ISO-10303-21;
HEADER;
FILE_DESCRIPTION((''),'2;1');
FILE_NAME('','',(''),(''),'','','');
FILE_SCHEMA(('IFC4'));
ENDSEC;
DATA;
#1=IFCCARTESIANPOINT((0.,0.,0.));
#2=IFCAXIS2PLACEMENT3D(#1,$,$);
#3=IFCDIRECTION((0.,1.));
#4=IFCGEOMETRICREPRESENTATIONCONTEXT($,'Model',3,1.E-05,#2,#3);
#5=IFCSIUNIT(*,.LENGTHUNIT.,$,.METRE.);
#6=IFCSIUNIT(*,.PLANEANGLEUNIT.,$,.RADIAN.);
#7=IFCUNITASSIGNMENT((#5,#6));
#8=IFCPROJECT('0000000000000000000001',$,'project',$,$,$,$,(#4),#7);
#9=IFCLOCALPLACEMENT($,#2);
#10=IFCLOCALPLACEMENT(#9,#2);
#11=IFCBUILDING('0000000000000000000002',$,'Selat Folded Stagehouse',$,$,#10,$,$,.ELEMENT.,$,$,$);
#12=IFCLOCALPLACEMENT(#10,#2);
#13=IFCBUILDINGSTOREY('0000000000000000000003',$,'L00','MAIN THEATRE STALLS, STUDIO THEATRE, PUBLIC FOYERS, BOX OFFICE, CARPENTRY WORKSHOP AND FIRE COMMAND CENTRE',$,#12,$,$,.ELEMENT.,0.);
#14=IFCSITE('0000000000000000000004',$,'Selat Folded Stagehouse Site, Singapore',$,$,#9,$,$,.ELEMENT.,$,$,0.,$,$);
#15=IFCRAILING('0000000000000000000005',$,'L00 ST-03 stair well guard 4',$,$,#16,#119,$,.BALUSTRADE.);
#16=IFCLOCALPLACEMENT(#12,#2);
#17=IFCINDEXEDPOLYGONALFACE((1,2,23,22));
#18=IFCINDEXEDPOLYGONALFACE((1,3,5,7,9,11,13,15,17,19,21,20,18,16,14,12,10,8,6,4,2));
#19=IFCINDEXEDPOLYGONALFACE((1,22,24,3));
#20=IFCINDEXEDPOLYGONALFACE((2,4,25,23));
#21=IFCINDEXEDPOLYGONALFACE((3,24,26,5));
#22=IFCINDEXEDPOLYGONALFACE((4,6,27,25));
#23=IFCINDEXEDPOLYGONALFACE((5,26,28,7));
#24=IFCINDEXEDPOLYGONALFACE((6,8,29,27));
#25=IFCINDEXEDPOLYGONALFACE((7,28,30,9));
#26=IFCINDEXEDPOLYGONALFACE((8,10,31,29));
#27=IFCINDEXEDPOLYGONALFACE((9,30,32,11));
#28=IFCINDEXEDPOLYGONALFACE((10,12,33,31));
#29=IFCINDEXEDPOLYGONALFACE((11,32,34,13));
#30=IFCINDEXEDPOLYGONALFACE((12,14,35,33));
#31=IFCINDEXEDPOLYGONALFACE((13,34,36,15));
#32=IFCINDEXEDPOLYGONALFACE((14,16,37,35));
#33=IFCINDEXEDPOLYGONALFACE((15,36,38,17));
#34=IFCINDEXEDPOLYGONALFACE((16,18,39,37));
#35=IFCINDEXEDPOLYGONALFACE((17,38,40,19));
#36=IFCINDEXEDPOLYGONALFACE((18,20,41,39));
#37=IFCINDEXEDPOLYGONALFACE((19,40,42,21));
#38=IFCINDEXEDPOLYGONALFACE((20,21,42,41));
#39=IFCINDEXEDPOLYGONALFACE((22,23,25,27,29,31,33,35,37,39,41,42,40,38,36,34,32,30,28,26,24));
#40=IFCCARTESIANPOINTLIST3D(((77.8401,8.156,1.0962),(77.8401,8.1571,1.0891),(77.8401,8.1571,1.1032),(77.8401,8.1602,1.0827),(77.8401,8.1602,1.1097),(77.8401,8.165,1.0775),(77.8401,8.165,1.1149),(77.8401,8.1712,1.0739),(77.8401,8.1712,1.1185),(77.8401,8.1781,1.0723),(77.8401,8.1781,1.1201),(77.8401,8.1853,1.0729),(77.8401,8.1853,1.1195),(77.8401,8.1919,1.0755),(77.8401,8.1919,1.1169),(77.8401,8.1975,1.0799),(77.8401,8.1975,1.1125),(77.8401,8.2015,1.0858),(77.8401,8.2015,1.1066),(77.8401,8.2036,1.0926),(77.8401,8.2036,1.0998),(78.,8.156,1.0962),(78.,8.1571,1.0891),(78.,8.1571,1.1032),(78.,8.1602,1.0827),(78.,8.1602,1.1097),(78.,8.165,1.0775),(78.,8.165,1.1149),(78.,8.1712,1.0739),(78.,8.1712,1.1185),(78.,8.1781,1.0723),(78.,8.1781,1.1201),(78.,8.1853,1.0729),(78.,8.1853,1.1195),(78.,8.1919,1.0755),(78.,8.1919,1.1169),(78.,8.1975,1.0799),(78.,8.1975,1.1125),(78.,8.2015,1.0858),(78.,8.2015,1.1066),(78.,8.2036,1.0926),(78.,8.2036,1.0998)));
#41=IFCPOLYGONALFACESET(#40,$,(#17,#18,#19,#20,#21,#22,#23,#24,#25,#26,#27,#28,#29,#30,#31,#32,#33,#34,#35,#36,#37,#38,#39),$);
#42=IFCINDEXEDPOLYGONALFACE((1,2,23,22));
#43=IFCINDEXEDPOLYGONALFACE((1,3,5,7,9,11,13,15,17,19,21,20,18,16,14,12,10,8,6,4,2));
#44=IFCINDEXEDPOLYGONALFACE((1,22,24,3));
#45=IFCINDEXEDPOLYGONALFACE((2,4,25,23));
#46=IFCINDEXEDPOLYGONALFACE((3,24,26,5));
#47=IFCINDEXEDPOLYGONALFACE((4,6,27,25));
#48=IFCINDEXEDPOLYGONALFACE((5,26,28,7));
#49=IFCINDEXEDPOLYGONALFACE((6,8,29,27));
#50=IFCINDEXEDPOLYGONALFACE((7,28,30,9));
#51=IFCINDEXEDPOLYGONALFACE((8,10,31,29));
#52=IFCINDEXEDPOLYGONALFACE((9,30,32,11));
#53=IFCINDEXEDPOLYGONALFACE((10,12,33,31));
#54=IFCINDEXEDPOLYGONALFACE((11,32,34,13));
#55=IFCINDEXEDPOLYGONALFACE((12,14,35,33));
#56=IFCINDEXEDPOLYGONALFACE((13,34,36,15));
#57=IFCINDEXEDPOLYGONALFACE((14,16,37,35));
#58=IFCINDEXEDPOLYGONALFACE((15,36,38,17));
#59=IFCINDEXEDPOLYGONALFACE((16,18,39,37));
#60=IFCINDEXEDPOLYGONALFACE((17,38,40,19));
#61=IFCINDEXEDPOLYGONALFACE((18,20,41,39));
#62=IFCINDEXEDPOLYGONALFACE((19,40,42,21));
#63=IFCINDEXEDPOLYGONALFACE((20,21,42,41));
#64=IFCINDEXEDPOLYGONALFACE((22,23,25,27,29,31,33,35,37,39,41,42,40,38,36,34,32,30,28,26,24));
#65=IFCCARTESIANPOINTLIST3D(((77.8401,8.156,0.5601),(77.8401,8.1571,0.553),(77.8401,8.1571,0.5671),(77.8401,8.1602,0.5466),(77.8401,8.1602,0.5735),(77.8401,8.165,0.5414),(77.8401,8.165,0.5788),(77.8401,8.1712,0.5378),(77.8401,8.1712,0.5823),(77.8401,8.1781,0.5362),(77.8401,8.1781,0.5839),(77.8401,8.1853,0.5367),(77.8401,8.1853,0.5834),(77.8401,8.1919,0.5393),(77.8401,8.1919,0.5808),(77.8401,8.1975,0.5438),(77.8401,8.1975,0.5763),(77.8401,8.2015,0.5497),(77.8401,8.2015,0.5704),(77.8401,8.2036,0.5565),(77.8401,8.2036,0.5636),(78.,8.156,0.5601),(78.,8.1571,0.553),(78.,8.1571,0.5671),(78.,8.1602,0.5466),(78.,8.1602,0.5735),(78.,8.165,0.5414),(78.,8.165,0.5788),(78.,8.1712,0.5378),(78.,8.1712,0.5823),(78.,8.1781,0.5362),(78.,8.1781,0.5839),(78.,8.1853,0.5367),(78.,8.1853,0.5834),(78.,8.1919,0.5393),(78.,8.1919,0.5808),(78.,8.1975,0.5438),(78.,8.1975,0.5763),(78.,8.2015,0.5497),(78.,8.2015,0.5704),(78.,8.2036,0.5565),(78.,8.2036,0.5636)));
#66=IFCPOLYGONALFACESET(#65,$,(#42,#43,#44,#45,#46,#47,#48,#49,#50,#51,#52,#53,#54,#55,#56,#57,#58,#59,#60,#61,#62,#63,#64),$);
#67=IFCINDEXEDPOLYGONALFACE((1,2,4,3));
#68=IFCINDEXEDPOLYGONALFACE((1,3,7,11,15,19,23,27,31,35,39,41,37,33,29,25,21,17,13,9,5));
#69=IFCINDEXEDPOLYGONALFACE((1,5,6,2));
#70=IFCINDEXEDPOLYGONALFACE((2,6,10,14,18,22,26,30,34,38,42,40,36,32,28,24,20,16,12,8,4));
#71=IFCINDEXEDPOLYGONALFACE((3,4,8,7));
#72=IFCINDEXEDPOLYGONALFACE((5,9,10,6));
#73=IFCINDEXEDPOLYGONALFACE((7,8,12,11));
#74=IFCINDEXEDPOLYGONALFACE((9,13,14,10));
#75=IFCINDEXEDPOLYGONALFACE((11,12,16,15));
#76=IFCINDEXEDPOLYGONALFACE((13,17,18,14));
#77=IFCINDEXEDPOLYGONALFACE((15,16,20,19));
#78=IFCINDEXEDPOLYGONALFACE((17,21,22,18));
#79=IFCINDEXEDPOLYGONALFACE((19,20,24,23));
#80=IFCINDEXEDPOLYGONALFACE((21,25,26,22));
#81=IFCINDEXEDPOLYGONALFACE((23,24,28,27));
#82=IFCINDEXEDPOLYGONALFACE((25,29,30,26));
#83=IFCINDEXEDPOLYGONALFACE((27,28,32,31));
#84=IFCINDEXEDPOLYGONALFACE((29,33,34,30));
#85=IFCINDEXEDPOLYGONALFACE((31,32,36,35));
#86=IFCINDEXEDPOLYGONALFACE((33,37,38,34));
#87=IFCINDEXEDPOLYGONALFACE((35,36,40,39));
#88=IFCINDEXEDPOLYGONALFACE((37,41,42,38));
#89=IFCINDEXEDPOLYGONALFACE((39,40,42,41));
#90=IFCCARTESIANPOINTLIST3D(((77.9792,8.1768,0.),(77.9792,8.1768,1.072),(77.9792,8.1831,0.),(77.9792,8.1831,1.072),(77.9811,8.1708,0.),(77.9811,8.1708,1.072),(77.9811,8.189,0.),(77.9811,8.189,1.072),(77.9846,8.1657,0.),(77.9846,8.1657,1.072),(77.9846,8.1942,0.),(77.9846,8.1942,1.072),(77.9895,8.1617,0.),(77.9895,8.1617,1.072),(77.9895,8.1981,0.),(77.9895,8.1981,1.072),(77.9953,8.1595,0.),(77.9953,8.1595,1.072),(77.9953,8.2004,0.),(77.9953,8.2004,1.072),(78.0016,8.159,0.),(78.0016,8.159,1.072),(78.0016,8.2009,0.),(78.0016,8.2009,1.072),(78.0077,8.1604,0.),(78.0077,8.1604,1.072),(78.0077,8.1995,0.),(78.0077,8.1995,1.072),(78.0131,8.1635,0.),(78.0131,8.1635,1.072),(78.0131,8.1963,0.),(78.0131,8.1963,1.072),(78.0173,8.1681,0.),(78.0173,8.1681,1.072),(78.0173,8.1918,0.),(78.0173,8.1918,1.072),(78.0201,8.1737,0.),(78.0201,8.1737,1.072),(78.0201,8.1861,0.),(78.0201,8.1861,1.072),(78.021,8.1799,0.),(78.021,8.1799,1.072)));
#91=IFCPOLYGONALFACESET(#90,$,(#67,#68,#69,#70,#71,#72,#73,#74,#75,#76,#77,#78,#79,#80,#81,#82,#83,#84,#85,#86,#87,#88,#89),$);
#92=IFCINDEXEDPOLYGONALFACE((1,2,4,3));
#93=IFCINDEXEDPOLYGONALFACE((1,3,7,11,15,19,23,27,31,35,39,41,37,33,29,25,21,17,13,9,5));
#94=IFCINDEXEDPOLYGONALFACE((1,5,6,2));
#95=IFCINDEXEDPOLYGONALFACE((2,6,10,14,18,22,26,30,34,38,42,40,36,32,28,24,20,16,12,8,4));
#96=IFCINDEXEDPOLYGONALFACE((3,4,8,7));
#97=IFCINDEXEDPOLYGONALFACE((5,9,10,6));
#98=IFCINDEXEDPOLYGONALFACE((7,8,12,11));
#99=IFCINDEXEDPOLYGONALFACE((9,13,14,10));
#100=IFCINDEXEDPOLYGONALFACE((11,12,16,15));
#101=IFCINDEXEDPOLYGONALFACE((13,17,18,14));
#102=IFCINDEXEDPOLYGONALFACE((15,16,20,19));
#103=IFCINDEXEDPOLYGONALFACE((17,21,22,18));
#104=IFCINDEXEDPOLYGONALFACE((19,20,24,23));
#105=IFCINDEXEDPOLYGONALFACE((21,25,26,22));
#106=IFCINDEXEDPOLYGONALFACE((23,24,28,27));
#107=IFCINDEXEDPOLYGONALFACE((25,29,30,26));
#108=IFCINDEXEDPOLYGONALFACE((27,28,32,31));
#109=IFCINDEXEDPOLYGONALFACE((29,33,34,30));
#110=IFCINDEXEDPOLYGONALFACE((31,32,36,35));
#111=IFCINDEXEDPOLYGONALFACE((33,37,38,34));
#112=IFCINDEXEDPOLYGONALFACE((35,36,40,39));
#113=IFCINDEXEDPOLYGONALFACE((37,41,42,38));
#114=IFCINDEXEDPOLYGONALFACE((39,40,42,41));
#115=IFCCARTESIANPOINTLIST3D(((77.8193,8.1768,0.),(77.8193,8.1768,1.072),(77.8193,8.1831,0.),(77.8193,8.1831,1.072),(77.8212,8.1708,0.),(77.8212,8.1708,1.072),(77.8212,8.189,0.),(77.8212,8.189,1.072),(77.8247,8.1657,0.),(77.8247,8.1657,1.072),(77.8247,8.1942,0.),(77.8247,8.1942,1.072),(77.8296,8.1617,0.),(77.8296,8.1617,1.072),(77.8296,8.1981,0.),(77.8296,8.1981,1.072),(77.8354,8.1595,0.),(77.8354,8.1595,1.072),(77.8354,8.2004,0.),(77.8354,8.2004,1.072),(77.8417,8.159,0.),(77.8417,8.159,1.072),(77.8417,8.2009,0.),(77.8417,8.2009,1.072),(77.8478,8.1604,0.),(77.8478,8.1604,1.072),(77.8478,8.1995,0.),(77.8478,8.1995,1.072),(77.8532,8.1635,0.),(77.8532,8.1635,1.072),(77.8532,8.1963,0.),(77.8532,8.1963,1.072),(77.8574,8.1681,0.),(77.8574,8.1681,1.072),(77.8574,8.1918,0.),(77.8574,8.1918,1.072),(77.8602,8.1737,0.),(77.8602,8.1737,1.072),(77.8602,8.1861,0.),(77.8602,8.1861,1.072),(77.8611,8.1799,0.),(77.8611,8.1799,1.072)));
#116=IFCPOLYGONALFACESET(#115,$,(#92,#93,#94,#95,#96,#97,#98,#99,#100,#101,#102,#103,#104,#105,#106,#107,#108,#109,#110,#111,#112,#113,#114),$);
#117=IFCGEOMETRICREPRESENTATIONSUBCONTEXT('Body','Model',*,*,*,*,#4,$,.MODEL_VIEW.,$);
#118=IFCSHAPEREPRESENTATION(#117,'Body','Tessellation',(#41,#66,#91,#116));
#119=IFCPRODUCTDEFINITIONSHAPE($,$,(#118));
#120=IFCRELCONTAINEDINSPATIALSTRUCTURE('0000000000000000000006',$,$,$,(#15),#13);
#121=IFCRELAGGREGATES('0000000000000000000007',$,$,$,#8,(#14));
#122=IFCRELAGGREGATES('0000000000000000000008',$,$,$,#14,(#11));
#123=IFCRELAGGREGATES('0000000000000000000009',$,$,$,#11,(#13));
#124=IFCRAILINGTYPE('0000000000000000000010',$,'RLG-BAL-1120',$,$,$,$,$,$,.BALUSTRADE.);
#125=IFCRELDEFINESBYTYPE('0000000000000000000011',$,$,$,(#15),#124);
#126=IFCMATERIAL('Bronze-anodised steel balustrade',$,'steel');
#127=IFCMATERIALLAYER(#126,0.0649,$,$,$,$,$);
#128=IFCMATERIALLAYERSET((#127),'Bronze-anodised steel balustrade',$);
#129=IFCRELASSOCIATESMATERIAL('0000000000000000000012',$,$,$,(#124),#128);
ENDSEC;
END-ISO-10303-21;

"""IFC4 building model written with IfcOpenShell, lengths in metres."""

from ifc_helpers import new_model, si_unit, direction, frame, origin, origin_2d, place, context, subcontext, project, spatial, circle, extrude, material, layer, layer_set, type_object, element, save


model = new_model("IFC4")

# Units and contexts
model_context = context("Model", 3, precision=1e-05, world=origin(), true_north=direction((0.0, 1.0)))
body_context = subcontext(model_context, "Body", "Model", "MODEL_VIEW")
ifc_project = project(units=[si_unit("LENGTHUNIT", "METRE"), si_unit("PLANEANGLEUNIT", "RADIAN")], contexts=[model_context])

# Site, building, storey
site_placement = place(None, origin())
site = spatial("IfcSite", under=ifc_project, at=site_placement, Name="Selat Folded Stagehouse Site, Singapore", CompositionType="ELEMENT", RefElevation=0.0)
building_placement = place(site_placement, origin())
building = spatial("IfcBuilding", under=site, at=building_placement, Name="Selat Folded Stagehouse", CompositionType="ELEMENT")
storey_placement = place(building_placement, origin())
storey = spatial("IfcBuildingStorey", under=building, at=storey_placement, Name="L00", Description="MAIN THEATRE STALLS, STUDIO THEATRE, PUBLIC FOYERS, BOX OFFICE, CARPENTRY WORKSHOP AND FIRE COMMAND CENTRE", CompositionType="ELEMENT", Elevation=0.0)

# Railing
ifc_material_1 = material(Name="Bronze-anodised steel balustrade", Category="steel")
ifc_layer_1 = layer(ifc_material_1, 0.0649)
ifc_layer_set_1 = layer_set([ifc_layer_1], Name="Bronze-anodised steel balustrade")
railing_type_1 = type_object("IfcRailingType", Name="RLG-BAL-1120", PredefinedType="BALUSTRADE", material=ifc_layer_set_1)
railing_1_placement = place(storey_placement, frame((78.0, 8.1799, 0.0)))
element("IfcRailing", 1, at=railing_1_placement, inside=storey, type_object=railing_type_1, Name="L00 ST-03 stair well guard 4", PredefinedType="BALUSTRADE", context=body_context, shape_type="SweptSolid", body=[
    extrude(circle(Radius=0.0239, at=origin_2d()), frame((0.0, 0.0, 1.0962), z_axis=(-1.0, 0.0, 0.0), x_axis=(0.0, -1.0, 0.0)), (0.0, 0.0, 1.0), 0.1599),
    extrude(circle(Radius=0.0239, at=origin_2d()), frame((0.0, 0.0, 0.5601), z_axis=(-1.0, 0.0, 0.0), x_axis=(0.0, -1.0, 0.0)), (0.0, 0.0, 1.0), 0.1599),
    extrude(circle(Radius=0.021, at=origin_2d()), origin(), (0.0, 0.0, 1.0), 1.072),
    extrude(circle(Radius=0.021, at=origin_2d()), frame((-0.1599, 0.0, 0.0)), (0.0, 0.0, 1.0), 1.072),
])

save(model, "model.ifc")
